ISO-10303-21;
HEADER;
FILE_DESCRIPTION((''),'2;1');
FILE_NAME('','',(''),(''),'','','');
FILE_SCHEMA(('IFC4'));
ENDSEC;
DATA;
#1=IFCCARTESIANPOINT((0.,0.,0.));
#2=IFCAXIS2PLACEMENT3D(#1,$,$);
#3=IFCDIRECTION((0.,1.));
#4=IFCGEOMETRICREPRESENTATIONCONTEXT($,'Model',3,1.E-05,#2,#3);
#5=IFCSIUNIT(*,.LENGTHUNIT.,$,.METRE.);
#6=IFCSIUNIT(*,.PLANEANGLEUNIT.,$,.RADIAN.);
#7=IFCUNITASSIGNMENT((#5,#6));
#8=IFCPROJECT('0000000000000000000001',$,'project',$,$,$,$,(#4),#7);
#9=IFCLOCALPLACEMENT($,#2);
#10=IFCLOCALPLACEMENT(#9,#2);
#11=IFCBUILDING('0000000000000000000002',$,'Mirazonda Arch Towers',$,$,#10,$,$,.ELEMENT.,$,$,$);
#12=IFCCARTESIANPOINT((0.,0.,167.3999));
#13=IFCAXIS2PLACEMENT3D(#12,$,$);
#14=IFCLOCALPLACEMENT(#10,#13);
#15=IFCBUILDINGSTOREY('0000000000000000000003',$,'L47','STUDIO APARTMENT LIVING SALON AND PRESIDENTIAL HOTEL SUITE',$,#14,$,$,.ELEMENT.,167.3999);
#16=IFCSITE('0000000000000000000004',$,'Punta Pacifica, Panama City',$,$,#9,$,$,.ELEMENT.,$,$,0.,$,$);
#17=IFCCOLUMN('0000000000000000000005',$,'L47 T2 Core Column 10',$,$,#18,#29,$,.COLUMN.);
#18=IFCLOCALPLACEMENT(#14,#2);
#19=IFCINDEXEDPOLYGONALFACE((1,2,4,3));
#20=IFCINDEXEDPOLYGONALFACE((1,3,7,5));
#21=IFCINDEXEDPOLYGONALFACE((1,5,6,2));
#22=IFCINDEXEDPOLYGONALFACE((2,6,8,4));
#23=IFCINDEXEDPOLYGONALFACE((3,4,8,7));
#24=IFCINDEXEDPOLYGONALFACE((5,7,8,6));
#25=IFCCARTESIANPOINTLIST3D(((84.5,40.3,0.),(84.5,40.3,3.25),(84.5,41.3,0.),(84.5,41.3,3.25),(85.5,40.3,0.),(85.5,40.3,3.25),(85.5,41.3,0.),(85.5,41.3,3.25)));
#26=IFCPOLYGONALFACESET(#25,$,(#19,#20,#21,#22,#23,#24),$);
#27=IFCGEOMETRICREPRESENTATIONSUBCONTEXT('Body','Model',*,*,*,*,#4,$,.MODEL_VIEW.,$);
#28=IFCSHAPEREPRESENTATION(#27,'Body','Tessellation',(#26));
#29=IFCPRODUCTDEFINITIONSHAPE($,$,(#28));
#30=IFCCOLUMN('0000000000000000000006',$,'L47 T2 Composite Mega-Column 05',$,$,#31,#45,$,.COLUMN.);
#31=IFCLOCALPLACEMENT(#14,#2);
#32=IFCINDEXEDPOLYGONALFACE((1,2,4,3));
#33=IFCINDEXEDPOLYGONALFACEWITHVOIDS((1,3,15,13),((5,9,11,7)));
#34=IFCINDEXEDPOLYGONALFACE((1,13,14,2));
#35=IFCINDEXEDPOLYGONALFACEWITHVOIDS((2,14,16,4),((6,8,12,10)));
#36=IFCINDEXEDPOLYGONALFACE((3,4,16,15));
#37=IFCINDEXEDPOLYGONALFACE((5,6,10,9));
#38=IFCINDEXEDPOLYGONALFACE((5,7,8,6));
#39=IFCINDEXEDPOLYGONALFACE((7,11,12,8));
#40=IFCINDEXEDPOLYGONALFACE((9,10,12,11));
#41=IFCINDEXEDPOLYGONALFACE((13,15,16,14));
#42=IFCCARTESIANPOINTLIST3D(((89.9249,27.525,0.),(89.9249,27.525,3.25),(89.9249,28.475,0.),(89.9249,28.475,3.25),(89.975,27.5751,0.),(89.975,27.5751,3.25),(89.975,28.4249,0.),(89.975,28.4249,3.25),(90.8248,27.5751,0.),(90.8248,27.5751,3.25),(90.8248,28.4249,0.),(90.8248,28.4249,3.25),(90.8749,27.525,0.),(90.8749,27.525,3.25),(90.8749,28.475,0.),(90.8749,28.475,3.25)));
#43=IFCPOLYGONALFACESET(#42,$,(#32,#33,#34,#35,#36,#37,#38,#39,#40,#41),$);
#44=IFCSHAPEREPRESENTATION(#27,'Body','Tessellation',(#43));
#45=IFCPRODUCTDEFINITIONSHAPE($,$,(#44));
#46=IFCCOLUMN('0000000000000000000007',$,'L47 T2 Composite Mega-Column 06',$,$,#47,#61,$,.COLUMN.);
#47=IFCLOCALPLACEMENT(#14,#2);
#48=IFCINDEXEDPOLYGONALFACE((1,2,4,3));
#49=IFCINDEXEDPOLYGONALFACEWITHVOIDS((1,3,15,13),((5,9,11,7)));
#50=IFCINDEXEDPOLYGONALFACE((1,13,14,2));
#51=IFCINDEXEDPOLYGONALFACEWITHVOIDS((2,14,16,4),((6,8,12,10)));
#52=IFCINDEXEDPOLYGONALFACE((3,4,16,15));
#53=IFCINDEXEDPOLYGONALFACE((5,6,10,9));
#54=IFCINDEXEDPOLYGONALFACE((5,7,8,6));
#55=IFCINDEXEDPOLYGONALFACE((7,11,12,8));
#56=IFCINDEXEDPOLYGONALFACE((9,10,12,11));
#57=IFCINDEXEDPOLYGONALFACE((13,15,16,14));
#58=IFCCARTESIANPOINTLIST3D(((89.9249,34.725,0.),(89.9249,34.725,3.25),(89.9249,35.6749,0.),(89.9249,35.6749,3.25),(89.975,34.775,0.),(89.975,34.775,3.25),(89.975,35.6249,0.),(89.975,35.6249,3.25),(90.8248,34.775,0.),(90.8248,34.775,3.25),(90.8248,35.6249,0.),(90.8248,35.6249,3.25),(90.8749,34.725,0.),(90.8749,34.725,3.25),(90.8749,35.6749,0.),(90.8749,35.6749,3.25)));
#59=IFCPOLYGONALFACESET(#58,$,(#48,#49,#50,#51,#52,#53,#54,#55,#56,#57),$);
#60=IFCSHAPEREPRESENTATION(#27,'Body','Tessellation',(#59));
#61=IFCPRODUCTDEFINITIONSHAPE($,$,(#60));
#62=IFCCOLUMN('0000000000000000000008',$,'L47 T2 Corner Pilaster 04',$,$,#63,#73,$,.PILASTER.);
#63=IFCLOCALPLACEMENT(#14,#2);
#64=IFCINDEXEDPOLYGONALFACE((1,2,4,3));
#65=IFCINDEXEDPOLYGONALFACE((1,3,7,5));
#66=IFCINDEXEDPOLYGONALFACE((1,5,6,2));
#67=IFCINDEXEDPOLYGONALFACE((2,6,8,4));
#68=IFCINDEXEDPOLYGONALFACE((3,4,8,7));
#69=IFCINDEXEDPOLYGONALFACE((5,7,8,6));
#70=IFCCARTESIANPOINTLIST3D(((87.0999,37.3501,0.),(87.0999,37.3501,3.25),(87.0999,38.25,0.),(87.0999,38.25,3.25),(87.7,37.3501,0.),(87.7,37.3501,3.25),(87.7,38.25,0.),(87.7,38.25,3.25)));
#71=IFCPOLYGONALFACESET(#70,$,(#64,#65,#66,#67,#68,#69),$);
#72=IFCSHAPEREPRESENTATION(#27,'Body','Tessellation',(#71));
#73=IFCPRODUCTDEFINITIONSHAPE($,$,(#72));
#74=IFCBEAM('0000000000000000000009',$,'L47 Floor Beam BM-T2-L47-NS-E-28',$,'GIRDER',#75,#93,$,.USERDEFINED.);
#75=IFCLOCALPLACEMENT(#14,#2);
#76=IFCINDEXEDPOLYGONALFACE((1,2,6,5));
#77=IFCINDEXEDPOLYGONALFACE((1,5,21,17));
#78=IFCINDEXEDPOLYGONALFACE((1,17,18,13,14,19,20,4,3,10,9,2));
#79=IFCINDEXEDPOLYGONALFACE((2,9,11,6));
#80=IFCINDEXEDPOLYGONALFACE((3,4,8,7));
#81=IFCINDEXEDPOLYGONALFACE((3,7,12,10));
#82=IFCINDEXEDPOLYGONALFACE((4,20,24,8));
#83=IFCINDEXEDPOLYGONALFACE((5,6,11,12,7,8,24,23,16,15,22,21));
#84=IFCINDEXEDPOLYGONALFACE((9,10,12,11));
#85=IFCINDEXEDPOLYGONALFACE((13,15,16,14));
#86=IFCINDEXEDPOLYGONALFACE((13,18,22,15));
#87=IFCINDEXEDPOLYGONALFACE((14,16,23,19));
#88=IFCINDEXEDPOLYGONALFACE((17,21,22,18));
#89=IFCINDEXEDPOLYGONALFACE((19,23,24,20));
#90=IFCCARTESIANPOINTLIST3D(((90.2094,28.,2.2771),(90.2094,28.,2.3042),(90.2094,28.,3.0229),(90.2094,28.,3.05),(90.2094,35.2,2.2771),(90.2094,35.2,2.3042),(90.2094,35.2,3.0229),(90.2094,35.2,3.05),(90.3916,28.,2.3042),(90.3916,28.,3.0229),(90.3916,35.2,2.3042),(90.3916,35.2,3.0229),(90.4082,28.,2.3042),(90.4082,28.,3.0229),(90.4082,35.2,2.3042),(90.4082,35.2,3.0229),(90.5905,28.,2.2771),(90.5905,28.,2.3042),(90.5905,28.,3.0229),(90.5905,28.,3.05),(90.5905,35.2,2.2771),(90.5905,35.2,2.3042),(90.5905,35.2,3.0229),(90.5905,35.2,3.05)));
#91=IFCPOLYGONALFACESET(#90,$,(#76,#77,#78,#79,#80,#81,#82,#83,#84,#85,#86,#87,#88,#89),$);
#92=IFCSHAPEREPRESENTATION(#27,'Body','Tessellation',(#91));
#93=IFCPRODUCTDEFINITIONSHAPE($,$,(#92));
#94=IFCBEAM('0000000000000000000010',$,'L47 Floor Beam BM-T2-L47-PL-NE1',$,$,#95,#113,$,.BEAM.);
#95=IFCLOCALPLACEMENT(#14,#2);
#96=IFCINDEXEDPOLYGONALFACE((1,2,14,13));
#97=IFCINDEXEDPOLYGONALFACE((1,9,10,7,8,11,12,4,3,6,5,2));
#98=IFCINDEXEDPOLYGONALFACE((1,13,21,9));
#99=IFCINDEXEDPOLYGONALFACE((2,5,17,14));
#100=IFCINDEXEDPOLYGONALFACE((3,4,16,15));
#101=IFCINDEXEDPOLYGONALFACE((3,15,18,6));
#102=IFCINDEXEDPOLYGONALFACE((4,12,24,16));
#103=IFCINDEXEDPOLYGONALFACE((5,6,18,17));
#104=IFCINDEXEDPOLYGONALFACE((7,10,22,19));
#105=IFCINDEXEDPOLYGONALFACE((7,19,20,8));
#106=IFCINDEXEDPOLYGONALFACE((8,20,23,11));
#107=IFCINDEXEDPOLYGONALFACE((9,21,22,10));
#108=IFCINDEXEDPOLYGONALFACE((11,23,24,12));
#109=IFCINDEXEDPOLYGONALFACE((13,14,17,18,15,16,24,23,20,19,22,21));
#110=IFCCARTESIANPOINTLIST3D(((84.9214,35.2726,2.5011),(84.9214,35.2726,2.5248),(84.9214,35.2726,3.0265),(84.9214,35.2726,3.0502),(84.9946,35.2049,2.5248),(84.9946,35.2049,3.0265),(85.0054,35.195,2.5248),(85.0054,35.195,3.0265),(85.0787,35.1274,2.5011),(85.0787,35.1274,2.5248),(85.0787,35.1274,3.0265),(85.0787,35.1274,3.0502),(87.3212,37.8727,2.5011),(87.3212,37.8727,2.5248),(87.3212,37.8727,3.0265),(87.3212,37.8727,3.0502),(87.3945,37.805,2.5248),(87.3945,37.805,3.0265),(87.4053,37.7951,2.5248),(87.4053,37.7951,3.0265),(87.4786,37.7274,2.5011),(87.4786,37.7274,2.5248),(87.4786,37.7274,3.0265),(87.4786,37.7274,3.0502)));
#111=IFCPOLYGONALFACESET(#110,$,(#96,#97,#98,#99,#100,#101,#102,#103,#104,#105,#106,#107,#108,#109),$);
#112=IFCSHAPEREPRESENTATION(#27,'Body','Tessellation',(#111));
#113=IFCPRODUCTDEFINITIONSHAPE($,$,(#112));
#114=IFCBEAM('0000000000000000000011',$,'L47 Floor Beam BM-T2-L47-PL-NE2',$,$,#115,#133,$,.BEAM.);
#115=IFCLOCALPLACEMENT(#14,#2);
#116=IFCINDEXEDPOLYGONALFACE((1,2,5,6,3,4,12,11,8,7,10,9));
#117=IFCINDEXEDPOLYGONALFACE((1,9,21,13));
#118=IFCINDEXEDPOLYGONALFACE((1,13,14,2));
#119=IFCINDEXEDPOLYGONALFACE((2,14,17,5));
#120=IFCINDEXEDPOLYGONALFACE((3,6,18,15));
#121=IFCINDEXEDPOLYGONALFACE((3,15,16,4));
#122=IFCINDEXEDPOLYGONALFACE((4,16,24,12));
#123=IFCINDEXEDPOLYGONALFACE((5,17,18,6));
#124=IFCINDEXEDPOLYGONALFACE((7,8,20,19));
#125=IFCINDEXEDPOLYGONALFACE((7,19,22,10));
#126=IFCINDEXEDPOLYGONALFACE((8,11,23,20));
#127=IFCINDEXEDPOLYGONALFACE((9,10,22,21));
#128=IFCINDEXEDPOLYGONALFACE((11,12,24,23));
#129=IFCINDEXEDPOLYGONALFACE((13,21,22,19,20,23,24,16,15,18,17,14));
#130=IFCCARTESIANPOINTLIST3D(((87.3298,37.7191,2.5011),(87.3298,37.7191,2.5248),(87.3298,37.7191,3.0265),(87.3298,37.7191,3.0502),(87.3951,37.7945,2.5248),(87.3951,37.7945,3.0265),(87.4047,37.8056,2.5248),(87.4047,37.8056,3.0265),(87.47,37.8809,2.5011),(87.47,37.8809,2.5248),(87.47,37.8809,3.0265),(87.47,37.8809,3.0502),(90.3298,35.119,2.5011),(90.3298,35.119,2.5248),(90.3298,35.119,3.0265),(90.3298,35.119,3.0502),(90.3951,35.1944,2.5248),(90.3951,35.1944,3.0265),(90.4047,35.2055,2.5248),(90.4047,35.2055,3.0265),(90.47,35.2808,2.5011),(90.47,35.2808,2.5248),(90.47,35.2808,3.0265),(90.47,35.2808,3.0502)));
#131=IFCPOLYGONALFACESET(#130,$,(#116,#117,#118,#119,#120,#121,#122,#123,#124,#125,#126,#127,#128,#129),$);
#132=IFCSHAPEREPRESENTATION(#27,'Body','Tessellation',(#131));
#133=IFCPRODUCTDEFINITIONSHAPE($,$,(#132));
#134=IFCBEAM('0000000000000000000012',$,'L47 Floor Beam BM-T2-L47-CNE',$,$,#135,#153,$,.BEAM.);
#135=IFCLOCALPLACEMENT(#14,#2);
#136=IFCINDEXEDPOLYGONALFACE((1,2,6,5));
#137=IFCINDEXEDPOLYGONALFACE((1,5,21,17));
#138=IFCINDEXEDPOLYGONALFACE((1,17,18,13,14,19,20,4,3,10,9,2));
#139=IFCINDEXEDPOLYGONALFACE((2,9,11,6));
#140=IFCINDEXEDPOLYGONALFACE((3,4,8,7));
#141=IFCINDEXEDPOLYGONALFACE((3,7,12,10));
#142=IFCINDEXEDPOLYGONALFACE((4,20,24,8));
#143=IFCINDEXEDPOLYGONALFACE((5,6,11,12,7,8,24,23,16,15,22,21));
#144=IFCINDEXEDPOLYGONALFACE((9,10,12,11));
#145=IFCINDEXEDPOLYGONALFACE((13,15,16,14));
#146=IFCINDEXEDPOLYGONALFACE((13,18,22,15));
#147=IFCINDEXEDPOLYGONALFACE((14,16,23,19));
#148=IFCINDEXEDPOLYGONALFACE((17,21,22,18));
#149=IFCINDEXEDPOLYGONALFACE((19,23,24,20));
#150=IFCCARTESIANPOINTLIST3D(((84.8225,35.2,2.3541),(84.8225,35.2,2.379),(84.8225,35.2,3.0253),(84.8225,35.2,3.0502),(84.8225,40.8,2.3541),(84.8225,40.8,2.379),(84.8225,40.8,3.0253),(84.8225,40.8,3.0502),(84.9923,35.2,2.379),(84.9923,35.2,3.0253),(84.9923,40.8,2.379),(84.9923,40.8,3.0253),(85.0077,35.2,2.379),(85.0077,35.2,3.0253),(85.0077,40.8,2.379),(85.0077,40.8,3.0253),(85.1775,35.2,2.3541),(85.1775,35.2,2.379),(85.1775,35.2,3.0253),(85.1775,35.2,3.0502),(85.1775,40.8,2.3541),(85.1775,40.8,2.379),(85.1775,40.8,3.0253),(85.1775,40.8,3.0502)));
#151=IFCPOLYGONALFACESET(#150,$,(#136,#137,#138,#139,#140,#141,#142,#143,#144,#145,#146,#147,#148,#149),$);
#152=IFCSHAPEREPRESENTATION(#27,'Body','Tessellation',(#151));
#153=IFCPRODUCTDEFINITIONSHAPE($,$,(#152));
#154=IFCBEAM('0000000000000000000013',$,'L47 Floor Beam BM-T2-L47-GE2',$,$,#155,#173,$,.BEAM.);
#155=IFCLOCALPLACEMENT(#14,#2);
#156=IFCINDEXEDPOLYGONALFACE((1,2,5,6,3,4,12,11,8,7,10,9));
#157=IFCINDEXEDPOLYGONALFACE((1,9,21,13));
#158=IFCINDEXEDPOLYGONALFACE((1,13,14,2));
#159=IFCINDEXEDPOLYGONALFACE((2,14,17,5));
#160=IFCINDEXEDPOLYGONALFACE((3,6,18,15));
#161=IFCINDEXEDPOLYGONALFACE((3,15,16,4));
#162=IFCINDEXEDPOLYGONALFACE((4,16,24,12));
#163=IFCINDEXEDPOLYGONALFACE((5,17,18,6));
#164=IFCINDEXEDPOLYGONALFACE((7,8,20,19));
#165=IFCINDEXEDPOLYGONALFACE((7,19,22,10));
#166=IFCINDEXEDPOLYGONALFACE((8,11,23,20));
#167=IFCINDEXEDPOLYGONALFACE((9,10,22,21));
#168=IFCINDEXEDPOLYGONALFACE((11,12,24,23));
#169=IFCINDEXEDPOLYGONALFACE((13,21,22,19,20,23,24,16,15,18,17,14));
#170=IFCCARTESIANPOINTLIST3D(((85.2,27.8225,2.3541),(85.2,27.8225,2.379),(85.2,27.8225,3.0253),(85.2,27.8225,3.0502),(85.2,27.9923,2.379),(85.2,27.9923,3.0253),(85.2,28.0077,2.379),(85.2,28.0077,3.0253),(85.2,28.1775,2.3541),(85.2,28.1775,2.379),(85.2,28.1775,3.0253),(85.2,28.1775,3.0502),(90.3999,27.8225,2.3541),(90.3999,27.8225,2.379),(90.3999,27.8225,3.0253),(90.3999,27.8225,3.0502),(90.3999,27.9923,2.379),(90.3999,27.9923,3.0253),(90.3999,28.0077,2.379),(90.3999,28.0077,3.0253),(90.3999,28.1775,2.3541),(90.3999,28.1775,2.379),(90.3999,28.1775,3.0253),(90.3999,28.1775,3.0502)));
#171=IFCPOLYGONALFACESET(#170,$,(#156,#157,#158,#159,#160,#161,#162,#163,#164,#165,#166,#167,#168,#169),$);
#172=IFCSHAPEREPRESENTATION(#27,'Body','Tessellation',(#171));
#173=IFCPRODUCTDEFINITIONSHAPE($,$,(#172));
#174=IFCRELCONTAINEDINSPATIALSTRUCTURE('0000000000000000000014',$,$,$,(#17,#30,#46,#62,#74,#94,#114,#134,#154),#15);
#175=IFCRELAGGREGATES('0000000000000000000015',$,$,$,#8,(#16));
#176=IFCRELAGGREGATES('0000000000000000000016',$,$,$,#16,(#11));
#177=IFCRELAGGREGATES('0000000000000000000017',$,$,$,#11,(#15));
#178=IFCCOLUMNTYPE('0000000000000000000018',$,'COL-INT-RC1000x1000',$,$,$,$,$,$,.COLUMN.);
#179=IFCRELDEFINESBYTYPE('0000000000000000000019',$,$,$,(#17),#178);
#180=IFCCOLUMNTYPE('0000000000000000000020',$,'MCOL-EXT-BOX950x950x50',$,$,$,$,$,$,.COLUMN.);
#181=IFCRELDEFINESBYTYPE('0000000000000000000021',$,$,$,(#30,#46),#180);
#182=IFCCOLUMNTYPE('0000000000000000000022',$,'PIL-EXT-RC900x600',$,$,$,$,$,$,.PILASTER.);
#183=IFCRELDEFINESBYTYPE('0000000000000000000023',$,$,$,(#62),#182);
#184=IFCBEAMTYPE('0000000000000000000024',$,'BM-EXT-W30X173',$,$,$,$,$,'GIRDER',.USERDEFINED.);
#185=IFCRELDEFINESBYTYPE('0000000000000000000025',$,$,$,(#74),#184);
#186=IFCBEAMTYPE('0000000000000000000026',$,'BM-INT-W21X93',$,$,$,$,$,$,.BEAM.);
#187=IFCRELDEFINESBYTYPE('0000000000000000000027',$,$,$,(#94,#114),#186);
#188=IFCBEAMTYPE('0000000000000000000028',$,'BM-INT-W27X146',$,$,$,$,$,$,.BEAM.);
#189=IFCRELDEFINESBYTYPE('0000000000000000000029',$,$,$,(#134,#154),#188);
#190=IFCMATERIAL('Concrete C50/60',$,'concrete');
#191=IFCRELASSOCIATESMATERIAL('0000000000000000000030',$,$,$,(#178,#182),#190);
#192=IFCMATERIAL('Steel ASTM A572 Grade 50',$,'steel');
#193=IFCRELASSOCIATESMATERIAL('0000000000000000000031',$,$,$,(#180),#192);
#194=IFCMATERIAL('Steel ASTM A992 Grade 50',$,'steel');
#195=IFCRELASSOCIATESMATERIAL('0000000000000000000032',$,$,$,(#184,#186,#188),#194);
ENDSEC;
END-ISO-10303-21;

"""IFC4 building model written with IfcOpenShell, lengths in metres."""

from ifc_helpers import new_model, si_unit, direction, frame, origin, origin_2d, place, context, subcontext, project, spatial, rectangle, hollow_rectangle, i_section, extrude, material, material_profile, profile_set, type_object, element, save


model = new_model("IFC4")

# Units and contexts
model_context = context("Model", 3, precision=1e-05, world=origin(), true_north=direction((0.0, 1.0)))
body_context = subcontext(model_context, "Body", "Model", "MODEL_VIEW")
ifc_project = project(units=[si_unit("LENGTHUNIT", "METRE"), si_unit("PLANEANGLEUNIT", "RADIAN")], contexts=[model_context])

# Site, building, storey
site_placement = place(None, origin())
site = spatial("IfcSite", under=ifc_project, at=site_placement, Name="Punta Pacifica, Panama City", CompositionType="ELEMENT", RefElevation=0.0)
building_placement = place(site_placement, origin())
building = spatial("IfcBuilding", under=site, at=building_placement, Name="Mirazonda Arch Towers", CompositionType="ELEMENT")
storey_placement = place(building_placement, frame((0.0, 0.0, 167.3999)))
storey = spatial("IfcBuildingStorey", under=building, at=storey_placement, Name="L47", Description="STUDIO APARTMENT LIVING SALON AND PRESIDENTIAL HOTEL SUITE", CompositionType="ELEMENT", Elevation=167.3999)

# Columns
ifc_material_1 = material(Name="Concrete C50/60", Category="concrete")
ifc_material_profile_1 = material_profile(ifc_material_1, rectangle(XDim=1.0, YDim=1.0, at=origin_2d()), Name="RC1000x1000")
ifc_profile_set_1 = profile_set([ifc_material_profile_1], Name="Concrete C50/60")
column_type_1 = type_object("IfcColumnType", Name="COL-INT-RC1000x1000", PredefinedType="COLUMN", material=ifc_profile_set_1)
column_1_placement = place(storey_placement, frame((85.0, 40.8, 0.0), z_axis=(0.0, 0.0, 1.0), x_axis=(1.0, 0.0, 0.0)))
element("IfcColumn", 1, at=column_1_placement, inside=storey, type_object=column_type_1, Name="L47 T2 Core Column 10", PredefinedType="COLUMN", context=body_context, shape_type="SweptSolid", body=[
    extrude(rectangle(XDim=1.0, YDim=1.0, at=origin_2d()), origin(), (0.0, 0.0, 1.0), 3.25),
])
ifc_material_2 = material(Name="Steel ASTM A572 Grade 50", Category="steel")
ifc_material_profile_2 = material_profile(ifc_material_2, hollow_rectangle(XDim=0.95, YDim=0.95, WallThickness=0.05, at=origin_2d()), Name="BOX950x950x50")
ifc_profile_set_2 = profile_set([ifc_material_profile_2], Name="Steel ASTM A572 Grade 50")
column_type_2 = type_object("IfcColumnType", Name="MCOL-EXT-BOX950x950x50", PredefinedType="COLUMN", material=ifc_profile_set_2)
for number, where, z_axis, x_axis, name in (
    (2, (90.3999, 28.0, 0.0), (0.0, 0.0, 1.0), (1.0, 0.0, 0.0), "L47 T2 Composite Mega-Column 05"),
    (3, (90.3999, 35.2, 0.0), (0.0, 0.0, 1.0), (1.0, 0.0, 0.0), "L47 T2 Composite Mega-Column 06"),
):
    element("IfcColumn", number, at=place(storey_placement, frame(where, z_axis=z_axis, x_axis=x_axis)), inside=storey, type_object=column_type_2, Name=name, PredefinedType="COLUMN", context=body_context, shape_type="SweptSolid", body=[
        extrude(hollow_rectangle(XDim=0.95, YDim=0.95, WallThickness=0.05, at=origin_2d()), origin(), (0.0, 0.0, 1.0), 3.25),
    ])
ifc_material_profile_3 = material_profile(ifc_material_1, rectangle(XDim=0.6001, YDim=0.8999, at=origin_2d()), Name="RC900x600")
ifc_profile_set_3 = profile_set([ifc_material_profile_3], Name="Concrete C50/60")
column_type_3 = type_object("IfcColumnType", Name="PIL-EXT-RC900x600", PredefinedType="PILASTER", material=ifc_profile_set_3)
column_2_placement = place(storey_placement, frame((87.3999, 37.8, 0.0), z_axis=(0.0, 0.0, 1.0), x_axis=(1.0, 0.0, 0.0)))
element("IfcColumn", 4, at=column_2_placement, inside=storey, type_object=column_type_3, Name="L47 T2 Corner Pilaster 04", PredefinedType="PILASTER", context=body_context, shape_type="SweptSolid", body=[
    extrude(rectangle(XDim=0.6001, YDim=0.8999, at=origin_2d()), origin(), (0.0, 0.0, 1.0), 3.25),
])

# Beams
ifc_material_3 = material(Name="Steel ASTM A992 Grade 50", Category="steel")
ifc_material_profile_4 = material_profile(ifc_material_3, i_section(OverallWidth=0.3811, OverallDepth=0.7729, WebThickness=0.0166, FlangeThickness=0.0271, at=origin_2d()), Name="W30X173")
ifc_profile_set_4 = profile_set([ifc_material_profile_4], Name="Steel ASTM A992 Grade 50")
beam_type_1 = type_object("IfcBeamType", Name="BM-EXT-W30X173", ElementType="GIRDER", PredefinedType="USERDEFINED", material=ifc_profile_set_4)
beam_1_placement = place(storey_placement, frame((90.3999, 28.0, 2.6636), z_axis=(0.0, 1.0, 0.0), x_axis=(-1.0, 0.0, 0.0)))
element("IfcBeam", 5, at=beam_1_placement, inside=storey, type_object=beam_type_1, Name="L47 Floor Beam BM-T2-L47-NS-E-28", ObjectType="GIRDER", PredefinedType="USERDEFINED", context=body_context, shape_type="SweptSolid", body=[
    extrude(i_section(OverallWidth=0.3811, OverallDepth=0.7729, WebThickness=0.0166, FlangeThickness=0.0271, at=origin_2d()), origin(), (0.0, 0.0, 1.0), 7.2),
])
ifc_material_profile_5 = material_profile(ifc_material_3, i_section(OverallWidth=0.2141, OverallDepth=0.5491, WebThickness=0.0146, FlangeThickness=0.0237, at=origin_2d()), Name="W21X93")
ifc_profile_set_5 = profile_set([ifc_material_profile_5], Name="Steel ASTM A992 Grade 50")
beam_type_2 = type_object("IfcBeamType", Name="BM-INT-W21X93", PredefinedType="BEAM", material=ifc_profile_set_5)
beam_2_placement = place(storey_placement, frame((87.3999, 37.8, 2.7756), z_axis=(-0.678251, -0.73483, 0.0), x_axis=(0.73483, -0.678251, 0.0)))
element("IfcBeam", 6, at=beam_2_placement, inside=storey, type_object=beam_type_2, Name="L47 Floor Beam BM-T2-L47-PL-NE1", PredefinedType="BEAM", context=body_context, shape_type="SweptSolid", body=[
    extrude(i_section(OverallWidth=0.2141, OverallDepth=0.5491, WebThickness=0.0146, FlangeThickness=0.0237, at=origin_2d()), origin(), (0.0, 0.0, 1.0), 3.5383),
])
beam_3_placement = place(storey_placement, frame((87.3999, 37.8, 2.7756), z_axis=(0.755677, -0.654945, 0.0), x_axis=(0.654945, 0.755677, 0.0)))
element("IfcBeam", 7, at=beam_3_placement, inside=storey, type_object=beam_type_2, Name="L47 Floor Beam BM-T2-L47-PL-NE2", PredefinedType="BEAM", context=body_context, shape_type="SweptSolid", body=[
    extrude(i_section(OverallWidth=0.2141, OverallDepth=0.5491, WebThickness=0.0146, FlangeThickness=0.0237, at=origin_2d()), origin(), (0.0, 0.0, 1.0), 3.97),
])
ifc_material_profile_6 = material_profile(ifc_material_3, i_section(OverallWidth=0.355, OverallDepth=0.696, WebThickness=0.0154, FlangeThickness=0.0249, at=origin_2d()), Name="W27X146")
ifc_profile_set_6 = profile_set([ifc_material_profile_6], Name="Steel ASTM A992 Grade 50")
beam_type_3 = type_object("IfcBeamType", Name="BM-INT-W27X146", PredefinedType="BEAM", material=ifc_profile_set_6)
beam_4_placement = place(storey_placement, frame((85.0, 35.2, 2.7021), z_axis=(0.0, 1.0, 0.0), x_axis=(-1.0, 0.0, 0.0)))
element("IfcBeam", 8, at=beam_4_placement, inside=storey, type_object=beam_type_3, Name="L47 Floor Beam BM-T2-L47-CNE", PredefinedType="BEAM", context=body_context, shape_type="SweptSolid", body=[
    extrude(i_section(OverallWidth=0.355, OverallDepth=0.696, WebThickness=0.0154, FlangeThickness=0.0249, at=origin_2d()), origin(), (0.0, 0.0, 1.0), 5.6001),
])
beam_5_placement = place(storey_placement, frame((85.2, 28.0, 2.7021), z_axis=(1.0, 0.0, 0.0), x_axis=(0.0, 1.0, 0.0)))
element("IfcBeam", 9, at=beam_5_placement, inside=storey, type_object=beam_type_3, Name="L47 Floor Beam BM-T2-L47-GE2", PredefinedType="BEAM", context=body_context, shape_type="SweptSolid", body=[
    extrude(i_section(OverallWidth=0.355, OverallDepth=0.696, WebThickness=0.0154, FlangeThickness=0.0249, at=origin_2d()), origin(), (0.0, 0.0, 1.0), 5.2),
])

save(model, "model.ifc")
